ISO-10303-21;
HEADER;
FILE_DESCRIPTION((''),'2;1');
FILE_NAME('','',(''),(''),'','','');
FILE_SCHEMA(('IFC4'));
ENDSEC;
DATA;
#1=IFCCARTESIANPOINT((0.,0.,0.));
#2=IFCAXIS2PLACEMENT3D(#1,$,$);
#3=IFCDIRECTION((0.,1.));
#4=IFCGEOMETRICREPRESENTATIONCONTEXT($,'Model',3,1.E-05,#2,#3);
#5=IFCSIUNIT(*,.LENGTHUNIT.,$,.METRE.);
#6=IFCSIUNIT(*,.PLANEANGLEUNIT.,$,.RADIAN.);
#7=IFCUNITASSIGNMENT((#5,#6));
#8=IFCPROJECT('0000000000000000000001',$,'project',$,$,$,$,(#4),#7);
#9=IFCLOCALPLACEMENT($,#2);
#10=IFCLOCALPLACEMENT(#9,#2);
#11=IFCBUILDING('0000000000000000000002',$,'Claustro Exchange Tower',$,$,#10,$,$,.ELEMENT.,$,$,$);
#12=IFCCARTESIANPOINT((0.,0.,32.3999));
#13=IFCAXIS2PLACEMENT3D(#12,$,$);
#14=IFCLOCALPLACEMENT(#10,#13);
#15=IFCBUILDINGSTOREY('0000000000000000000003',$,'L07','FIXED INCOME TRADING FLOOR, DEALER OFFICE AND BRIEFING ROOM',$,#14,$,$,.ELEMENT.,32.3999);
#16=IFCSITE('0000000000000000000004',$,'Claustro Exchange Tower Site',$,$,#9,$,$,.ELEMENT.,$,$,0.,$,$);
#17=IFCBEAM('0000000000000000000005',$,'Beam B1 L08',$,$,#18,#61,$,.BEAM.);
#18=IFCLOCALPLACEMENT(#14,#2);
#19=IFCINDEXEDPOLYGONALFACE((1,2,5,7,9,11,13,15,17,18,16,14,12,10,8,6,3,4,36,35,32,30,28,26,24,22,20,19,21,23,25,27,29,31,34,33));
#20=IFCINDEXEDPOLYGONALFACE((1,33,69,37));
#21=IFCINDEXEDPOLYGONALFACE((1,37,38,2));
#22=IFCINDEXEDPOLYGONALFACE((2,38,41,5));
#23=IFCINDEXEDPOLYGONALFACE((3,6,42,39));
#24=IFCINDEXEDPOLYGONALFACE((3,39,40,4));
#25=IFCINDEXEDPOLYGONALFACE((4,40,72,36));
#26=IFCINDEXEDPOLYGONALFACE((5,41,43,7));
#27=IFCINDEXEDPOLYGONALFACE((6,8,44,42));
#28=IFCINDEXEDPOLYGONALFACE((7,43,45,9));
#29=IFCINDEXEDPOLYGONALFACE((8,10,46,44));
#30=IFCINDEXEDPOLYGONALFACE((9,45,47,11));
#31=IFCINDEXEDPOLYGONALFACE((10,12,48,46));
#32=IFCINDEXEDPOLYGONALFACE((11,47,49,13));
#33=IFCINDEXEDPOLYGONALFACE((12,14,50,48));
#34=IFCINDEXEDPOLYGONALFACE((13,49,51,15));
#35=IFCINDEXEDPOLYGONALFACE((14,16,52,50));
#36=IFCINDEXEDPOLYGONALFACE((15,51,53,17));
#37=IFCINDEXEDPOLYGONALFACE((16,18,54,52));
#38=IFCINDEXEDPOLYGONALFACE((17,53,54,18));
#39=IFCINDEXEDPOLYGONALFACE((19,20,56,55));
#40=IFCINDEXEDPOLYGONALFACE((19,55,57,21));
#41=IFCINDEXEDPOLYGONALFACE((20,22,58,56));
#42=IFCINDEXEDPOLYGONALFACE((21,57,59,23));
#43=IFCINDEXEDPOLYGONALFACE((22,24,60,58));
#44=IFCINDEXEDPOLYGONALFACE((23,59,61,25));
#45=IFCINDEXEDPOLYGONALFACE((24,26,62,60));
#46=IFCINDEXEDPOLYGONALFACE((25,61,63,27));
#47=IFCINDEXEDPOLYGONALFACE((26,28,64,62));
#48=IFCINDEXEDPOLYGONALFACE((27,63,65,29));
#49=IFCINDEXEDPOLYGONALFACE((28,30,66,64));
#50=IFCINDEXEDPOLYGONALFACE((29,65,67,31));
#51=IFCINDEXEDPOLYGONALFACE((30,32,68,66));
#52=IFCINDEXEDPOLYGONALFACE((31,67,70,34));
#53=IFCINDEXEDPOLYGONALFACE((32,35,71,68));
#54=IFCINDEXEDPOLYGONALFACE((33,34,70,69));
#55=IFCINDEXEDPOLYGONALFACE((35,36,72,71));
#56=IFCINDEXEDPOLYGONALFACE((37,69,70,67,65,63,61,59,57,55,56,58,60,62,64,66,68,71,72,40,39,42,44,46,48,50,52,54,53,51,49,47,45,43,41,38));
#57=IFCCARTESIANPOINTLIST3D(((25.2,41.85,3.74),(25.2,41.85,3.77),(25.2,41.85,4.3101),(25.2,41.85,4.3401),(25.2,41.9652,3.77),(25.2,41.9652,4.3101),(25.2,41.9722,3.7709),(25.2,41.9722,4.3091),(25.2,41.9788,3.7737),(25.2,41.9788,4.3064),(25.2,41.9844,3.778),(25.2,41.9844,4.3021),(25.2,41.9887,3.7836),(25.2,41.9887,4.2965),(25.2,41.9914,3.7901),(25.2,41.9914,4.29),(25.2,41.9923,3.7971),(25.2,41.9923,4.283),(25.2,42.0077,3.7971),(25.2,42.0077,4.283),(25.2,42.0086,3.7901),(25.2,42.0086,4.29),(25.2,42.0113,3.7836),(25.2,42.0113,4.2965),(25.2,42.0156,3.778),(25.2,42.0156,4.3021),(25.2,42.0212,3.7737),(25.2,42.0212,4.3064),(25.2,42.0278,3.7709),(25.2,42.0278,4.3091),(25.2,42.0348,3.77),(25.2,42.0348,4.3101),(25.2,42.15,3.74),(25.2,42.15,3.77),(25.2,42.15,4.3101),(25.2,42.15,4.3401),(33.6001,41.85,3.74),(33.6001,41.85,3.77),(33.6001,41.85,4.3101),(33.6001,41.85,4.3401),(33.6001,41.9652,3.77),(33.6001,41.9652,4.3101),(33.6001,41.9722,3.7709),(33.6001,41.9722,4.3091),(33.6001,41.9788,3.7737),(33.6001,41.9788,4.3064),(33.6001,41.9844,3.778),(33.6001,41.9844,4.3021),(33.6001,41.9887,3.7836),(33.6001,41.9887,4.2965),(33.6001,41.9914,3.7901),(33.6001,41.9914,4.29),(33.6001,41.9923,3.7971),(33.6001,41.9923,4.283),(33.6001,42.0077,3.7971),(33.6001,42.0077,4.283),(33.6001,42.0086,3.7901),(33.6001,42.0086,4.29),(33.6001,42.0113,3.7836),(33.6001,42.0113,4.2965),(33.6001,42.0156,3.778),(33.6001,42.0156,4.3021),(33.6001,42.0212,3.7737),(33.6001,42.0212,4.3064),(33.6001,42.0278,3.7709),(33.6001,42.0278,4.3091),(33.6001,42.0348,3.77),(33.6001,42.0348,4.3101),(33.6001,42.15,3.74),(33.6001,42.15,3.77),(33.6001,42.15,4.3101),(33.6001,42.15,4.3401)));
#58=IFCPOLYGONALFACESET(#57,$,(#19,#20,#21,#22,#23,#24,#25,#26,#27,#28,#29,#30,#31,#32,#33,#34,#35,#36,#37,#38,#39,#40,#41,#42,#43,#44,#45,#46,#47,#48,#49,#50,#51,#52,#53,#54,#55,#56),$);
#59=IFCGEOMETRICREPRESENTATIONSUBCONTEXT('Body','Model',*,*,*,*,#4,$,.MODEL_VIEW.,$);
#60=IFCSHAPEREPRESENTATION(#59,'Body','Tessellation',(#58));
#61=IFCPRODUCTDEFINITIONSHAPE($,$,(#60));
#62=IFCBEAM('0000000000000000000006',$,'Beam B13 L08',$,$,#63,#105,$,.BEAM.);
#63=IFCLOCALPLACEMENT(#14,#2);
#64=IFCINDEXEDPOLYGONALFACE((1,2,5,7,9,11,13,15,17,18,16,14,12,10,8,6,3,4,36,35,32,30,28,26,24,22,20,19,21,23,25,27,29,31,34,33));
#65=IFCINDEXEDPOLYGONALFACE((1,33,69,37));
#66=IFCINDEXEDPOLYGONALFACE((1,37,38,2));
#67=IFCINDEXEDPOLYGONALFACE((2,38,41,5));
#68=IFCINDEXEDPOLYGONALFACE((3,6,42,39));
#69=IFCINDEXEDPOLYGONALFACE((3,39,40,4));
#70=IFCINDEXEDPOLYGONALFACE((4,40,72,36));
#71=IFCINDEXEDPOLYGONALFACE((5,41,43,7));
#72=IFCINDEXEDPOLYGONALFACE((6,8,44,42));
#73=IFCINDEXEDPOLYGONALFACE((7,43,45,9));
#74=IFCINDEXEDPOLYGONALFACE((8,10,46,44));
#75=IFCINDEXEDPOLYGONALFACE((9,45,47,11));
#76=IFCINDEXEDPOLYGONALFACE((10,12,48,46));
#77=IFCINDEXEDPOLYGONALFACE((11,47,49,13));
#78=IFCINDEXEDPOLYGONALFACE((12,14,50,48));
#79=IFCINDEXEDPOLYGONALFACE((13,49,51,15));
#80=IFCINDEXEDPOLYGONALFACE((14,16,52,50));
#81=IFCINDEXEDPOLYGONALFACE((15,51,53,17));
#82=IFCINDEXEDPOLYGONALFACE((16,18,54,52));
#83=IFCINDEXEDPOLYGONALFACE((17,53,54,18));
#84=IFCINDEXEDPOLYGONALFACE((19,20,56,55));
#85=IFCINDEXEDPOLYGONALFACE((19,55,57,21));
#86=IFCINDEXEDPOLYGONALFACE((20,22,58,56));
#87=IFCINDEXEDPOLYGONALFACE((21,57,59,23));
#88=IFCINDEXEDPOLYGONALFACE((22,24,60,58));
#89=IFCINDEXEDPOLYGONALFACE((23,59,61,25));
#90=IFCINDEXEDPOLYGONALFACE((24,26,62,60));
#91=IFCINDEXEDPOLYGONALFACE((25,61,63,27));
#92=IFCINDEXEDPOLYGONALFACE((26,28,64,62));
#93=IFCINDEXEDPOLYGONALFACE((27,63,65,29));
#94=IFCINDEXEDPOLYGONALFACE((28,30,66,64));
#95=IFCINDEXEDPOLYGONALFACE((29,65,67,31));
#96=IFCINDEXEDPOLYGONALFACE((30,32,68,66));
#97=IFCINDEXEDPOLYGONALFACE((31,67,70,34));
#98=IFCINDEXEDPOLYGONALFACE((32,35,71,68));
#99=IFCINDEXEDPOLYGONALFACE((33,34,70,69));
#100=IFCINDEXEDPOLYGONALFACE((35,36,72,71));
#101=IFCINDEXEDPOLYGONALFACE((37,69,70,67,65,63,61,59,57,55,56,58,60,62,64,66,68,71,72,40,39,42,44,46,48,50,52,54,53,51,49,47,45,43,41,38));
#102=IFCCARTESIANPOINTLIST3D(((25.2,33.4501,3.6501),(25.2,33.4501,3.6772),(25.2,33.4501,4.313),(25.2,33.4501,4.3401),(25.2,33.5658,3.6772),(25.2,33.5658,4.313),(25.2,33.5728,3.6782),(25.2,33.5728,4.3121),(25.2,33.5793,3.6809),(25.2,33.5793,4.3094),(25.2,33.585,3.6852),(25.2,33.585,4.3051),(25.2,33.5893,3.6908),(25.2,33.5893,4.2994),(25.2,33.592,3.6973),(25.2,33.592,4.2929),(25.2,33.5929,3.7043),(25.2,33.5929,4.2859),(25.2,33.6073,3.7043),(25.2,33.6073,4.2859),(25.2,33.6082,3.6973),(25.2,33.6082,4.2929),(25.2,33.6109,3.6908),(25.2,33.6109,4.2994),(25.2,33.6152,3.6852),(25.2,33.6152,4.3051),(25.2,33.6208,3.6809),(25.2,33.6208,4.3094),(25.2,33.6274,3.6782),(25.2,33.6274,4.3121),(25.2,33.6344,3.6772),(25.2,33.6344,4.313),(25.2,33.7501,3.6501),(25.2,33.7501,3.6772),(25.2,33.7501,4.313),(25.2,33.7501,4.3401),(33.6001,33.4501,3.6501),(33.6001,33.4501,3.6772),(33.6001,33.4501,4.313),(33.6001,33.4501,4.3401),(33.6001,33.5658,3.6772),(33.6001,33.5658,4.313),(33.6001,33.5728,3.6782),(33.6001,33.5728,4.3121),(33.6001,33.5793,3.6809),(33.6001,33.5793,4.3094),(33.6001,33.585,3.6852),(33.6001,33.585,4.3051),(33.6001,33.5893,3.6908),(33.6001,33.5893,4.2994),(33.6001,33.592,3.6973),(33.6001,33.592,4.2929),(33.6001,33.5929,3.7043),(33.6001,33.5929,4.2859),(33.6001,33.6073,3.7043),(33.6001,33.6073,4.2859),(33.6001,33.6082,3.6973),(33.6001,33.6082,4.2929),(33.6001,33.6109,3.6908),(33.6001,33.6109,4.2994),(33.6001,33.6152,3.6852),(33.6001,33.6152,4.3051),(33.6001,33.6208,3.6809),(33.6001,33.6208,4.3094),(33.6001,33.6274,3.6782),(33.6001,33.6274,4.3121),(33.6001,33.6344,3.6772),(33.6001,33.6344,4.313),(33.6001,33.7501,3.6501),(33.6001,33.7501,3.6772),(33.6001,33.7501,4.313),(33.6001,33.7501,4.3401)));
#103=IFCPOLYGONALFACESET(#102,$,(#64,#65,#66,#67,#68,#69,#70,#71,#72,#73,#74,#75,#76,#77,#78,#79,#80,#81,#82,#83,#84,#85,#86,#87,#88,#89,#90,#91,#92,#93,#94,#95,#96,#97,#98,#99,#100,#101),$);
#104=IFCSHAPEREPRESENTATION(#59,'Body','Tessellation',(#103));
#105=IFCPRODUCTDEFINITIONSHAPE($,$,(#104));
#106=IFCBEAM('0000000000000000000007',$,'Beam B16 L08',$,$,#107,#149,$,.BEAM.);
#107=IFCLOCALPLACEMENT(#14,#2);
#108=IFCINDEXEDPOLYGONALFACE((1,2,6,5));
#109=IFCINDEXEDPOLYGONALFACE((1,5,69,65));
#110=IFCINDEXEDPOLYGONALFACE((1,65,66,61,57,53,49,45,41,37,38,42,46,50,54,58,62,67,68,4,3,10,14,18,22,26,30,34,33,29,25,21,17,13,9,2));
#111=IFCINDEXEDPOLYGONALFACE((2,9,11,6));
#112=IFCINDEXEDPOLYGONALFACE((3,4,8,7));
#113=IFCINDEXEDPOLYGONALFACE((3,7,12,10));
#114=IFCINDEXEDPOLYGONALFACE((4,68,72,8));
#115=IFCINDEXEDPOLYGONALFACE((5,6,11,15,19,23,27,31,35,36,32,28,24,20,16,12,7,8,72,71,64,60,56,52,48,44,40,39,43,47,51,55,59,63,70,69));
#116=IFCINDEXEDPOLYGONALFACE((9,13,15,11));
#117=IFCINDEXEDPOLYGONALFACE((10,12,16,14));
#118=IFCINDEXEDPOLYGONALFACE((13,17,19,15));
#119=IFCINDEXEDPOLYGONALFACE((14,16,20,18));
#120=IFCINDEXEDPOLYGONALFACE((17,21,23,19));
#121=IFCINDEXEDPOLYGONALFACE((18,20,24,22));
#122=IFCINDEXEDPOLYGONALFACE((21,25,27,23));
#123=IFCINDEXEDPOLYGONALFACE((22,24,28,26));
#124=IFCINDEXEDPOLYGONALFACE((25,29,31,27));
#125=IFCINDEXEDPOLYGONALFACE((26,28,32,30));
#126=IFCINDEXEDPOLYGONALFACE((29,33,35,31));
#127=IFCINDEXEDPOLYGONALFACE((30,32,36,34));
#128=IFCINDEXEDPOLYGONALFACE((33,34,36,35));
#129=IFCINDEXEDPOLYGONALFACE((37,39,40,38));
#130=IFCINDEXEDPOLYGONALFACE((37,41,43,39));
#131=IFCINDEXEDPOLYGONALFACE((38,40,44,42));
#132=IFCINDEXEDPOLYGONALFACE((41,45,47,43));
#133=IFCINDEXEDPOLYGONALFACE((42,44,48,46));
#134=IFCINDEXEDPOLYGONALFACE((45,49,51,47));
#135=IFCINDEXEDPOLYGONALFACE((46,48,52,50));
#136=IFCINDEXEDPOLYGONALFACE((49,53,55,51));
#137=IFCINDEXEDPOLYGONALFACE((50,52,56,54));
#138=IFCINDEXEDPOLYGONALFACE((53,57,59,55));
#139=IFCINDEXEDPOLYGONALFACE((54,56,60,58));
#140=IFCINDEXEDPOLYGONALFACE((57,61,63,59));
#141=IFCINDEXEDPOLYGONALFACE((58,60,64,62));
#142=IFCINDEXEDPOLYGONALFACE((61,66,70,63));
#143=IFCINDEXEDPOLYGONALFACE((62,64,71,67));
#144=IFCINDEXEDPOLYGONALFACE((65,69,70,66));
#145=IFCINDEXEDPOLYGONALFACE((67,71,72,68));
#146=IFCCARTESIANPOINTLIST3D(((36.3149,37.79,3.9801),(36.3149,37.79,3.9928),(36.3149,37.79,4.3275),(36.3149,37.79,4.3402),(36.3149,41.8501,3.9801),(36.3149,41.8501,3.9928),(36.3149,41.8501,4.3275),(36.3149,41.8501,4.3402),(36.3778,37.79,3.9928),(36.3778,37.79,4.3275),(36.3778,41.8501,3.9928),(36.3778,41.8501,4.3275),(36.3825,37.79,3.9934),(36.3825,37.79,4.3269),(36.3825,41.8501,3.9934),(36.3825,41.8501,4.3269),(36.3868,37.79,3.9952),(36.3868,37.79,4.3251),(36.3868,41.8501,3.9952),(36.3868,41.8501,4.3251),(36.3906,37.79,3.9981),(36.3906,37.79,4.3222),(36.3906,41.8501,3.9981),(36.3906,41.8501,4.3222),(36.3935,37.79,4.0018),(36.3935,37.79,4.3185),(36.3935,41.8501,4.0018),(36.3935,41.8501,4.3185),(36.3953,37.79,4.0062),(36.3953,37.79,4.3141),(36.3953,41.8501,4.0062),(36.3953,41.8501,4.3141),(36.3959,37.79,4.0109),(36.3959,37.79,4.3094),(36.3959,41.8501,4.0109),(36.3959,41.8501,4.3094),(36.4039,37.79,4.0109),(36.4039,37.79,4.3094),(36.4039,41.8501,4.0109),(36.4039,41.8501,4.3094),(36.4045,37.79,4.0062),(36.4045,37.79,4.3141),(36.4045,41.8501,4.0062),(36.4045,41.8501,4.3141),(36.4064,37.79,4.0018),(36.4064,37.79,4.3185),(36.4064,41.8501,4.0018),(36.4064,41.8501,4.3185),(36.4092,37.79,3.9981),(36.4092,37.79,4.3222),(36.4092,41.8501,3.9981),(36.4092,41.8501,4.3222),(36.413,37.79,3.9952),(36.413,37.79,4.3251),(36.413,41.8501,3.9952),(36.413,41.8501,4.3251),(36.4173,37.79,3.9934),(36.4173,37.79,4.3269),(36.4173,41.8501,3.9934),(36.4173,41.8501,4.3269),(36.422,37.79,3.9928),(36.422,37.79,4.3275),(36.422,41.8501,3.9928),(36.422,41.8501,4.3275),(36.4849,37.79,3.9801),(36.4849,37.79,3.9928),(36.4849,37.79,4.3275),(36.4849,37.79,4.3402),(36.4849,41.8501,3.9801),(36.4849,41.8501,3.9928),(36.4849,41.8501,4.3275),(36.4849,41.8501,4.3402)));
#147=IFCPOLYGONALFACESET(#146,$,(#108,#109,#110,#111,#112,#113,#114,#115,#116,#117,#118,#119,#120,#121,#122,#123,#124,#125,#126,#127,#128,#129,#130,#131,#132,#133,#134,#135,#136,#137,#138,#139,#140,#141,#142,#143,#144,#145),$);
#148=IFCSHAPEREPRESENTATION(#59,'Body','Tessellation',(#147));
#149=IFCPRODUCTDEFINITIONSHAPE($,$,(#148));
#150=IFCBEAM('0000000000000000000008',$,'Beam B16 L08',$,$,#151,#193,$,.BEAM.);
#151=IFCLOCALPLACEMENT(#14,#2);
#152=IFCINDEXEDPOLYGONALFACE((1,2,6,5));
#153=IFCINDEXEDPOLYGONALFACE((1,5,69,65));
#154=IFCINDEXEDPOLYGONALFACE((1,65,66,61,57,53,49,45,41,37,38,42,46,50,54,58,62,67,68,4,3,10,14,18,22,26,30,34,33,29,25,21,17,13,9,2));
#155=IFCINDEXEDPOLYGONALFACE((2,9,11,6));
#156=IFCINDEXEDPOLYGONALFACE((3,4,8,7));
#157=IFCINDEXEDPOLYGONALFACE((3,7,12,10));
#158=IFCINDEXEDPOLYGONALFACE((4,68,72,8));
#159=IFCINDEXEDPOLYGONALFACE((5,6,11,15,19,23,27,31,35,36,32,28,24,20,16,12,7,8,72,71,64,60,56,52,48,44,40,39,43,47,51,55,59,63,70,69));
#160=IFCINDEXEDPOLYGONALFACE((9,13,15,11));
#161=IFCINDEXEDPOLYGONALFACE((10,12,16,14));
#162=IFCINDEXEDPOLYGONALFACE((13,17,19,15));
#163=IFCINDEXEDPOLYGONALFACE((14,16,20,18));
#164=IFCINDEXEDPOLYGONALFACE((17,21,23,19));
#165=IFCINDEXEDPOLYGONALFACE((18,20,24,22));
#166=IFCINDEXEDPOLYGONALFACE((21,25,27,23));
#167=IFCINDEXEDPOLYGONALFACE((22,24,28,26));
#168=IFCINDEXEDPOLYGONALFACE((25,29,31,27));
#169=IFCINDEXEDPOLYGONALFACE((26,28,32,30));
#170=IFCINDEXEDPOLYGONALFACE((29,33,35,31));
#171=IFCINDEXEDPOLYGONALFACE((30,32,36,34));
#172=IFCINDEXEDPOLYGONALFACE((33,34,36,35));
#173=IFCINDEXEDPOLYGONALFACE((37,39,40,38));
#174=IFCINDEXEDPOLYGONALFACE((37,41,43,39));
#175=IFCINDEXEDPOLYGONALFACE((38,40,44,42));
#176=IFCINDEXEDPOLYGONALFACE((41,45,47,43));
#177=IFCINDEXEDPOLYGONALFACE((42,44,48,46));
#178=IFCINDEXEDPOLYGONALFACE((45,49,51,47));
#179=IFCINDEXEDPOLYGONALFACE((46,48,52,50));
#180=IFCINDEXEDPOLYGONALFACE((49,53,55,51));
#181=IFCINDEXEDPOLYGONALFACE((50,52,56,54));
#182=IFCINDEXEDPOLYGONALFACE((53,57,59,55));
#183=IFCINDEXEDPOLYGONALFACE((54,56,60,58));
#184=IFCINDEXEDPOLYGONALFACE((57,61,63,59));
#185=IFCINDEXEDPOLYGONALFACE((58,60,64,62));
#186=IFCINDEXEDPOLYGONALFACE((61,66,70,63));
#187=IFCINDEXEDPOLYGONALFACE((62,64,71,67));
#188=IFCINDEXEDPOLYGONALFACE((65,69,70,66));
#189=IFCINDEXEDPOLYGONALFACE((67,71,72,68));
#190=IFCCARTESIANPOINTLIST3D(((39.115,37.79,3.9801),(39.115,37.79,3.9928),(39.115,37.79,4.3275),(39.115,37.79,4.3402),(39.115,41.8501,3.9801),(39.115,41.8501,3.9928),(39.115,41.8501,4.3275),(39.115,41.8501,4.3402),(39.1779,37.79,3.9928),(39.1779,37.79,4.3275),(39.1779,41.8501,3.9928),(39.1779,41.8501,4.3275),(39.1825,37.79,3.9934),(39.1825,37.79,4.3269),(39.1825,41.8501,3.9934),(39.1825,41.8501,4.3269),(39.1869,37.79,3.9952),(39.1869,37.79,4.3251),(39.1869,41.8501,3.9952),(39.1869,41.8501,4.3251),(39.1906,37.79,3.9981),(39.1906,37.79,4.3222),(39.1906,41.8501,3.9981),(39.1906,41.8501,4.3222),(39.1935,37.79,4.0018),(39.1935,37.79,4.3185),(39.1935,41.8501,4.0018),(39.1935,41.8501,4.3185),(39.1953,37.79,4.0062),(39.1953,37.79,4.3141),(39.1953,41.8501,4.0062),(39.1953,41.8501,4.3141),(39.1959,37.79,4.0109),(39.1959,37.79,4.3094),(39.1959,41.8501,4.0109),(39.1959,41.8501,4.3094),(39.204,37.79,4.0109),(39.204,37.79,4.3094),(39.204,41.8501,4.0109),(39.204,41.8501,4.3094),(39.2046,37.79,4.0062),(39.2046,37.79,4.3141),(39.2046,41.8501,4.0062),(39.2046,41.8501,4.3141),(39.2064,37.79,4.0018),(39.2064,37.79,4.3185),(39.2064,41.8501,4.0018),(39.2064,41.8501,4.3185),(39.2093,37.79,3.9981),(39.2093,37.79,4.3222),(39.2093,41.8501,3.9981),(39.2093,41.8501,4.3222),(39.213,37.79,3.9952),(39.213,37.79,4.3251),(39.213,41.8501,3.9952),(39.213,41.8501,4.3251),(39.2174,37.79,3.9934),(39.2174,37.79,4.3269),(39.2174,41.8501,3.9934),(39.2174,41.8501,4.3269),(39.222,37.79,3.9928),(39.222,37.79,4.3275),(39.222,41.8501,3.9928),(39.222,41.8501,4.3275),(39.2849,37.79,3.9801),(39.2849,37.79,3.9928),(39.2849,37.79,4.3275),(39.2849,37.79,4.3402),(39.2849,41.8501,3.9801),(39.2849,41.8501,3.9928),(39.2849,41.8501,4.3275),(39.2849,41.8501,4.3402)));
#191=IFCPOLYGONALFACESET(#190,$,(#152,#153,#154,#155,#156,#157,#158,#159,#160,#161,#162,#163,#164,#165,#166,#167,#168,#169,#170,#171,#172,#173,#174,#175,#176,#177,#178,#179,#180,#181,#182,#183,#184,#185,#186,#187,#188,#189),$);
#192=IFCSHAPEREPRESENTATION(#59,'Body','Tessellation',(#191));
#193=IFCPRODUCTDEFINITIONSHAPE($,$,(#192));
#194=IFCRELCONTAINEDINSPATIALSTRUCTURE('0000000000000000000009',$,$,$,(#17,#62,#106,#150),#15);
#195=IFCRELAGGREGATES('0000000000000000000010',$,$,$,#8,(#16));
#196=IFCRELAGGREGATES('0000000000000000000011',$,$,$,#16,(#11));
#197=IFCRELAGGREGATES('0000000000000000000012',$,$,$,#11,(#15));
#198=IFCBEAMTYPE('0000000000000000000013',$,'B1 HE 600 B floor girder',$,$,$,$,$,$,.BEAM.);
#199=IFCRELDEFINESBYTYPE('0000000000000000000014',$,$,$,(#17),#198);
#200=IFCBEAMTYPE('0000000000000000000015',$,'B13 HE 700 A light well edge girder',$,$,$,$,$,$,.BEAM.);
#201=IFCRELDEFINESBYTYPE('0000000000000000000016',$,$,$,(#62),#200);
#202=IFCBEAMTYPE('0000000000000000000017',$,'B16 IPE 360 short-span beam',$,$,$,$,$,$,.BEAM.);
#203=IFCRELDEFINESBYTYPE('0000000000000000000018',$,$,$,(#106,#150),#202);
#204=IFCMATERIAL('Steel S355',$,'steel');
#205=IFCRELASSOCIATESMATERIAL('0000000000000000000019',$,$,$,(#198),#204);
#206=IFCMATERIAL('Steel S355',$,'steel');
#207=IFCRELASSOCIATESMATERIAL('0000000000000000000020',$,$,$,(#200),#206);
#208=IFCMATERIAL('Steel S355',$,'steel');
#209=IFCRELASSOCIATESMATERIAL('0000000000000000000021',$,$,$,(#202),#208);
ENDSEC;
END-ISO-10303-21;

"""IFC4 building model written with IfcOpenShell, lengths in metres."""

from ifc_helpers import new_model, si_unit, direction, frame, origin, origin_2d, place, context, subcontext, project, spatial, i_section, extrude, material, material_profile, profile_set, type_object, element, save


model = new_model("IFC4")

# Units and contexts
model_context = context("Model", 3, precision=1e-05, world=origin(), true_north=direction((0.0, 1.0)))
body_context = subcontext(model_context, "Body", "Model", "MODEL_VIEW")
ifc_project = project(units=[si_unit("LENGTHUNIT", "METRE"), si_unit("PLANEANGLEUNIT", "RADIAN")], contexts=[model_context])

# Site, building, storey
site_placement = place(None, origin())
site = spatial("IfcSite", under=ifc_project, at=site_placement, Name="Claustro Exchange Tower Site", CompositionType="ELEMENT", RefElevation=0.0)
building_placement = place(site_placement, origin())
building = spatial("IfcBuilding", under=site, at=building_placement, Name="Claustro Exchange Tower", CompositionType="ELEMENT")
storey_placement = place(building_placement, frame((0.0, 0.0, 32.3999)))
storey = spatial("IfcBuildingStorey", under=building, at=storey_placement, Name="L07", Description="FIXED INCOME TRADING FLOOR, DEALER OFFICE AND BRIEFING ROOM", CompositionType="ELEMENT", Elevation=32.3999)

# Beams
ifc_material_1 = material(Name="Steel S355", Category="steel")
ifc_material_profile_1 = material_profile(ifc_material_1, i_section(OverallWidth=0.3, OverallDepth=0.6001, WebThickness=0.0154, FlangeThickness=0.03, FilletRadius=0.0271, at=origin_2d()), Name="HE 600 B")
ifc_profile_set_1 = profile_set([ifc_material_profile_1], Name="Steel S355")
beam_type_1 = type_object("IfcBeamType", Name="B1 HE 600 B floor girder", PredefinedType="BEAM", material=ifc_profile_set_1)
beam_1_placement = place(storey_placement, frame((25.2, 42.0, 4.04), z_axis=(1.0, 0.0, 0.0), x_axis=(0.0, 1.0, 0.0)))
element("IfcBeam", 1, at=beam_1_placement, inside=storey, type_object=beam_type_1, Name="Beam B1 L08", PredefinedType="BEAM", context=body_context, shape_type="SweptSolid", body=[
    extrude(i_section(OverallWidth=0.3, OverallDepth=0.6001, WebThickness=0.0154, FlangeThickness=0.03, FilletRadius=0.0271, at=origin_2d()), origin(), (0.0, 0.0, 1.0), 8.4001),
])
ifc_material_2 = material(Name="Steel S355", Category="steel")
ifc_material_profile_2 = material_profile(ifc_material_2, i_section(OverallWidth=0.3, OverallDepth=0.6899, WebThickness=0.0144, FlangeThickness=0.0271, FilletRadius=0.0271, at=origin_2d()), Name="HE 700 A")
ifc_profile_set_2 = profile_set([ifc_material_profile_2], Name="Steel S355")
beam_type_2 = type_object("IfcBeamType", Name="B13 HE 700 A light well edge girder", PredefinedType="BEAM", material=ifc_profile_set_2)
beam_2_placement = place(storey_placement, frame((25.2, 33.6001, 3.9951), z_axis=(1.0, 0.0, 0.0), x_axis=(0.0, 1.0, 0.0)))
element("IfcBeam", 2, at=beam_2_placement, inside=storey, type_object=beam_type_2, Name="Beam B13 L08", PredefinedType="BEAM", context=body_context, shape_type="SweptSolid", body=[
    extrude(i_section(OverallWidth=0.3, OverallDepth=0.6899, WebThickness=0.0144, FlangeThickness=0.0271, FilletRadius=0.0271, at=origin_2d()), origin(), (0.0, 0.0, 1.0), 8.4001),
])
ifc_material_3 = material(Name="Steel S355", Category="steel")
ifc_material_profile_3 = material_profile(ifc_material_3, i_section(OverallWidth=0.1699, OverallDepth=0.3601, WebThickness=0.0081, FlangeThickness=0.0127, FilletRadius=0.0181, at=origin_2d()), Name="IPE 360")
ifc_profile_set_3 = profile_set([ifc_material_profile_3], Name="Steel S355")
beam_type_3 = type_object("IfcBeamType", Name="B16 IPE 360 short-span beam", PredefinedType="BEAM", material=ifc_profile_set_3)
for number, where, z_axis, x_axis, name in (
    (3, (36.3999, 37.79, 4.1602), (0.0, 1.0, 0.0), (-1.0, 0.0, 0.0), "Beam B16 L08"),
    (4, (39.2, 37.79, 4.1602), (0.0, 1.0, 0.0), (-1.0, 0.0, 0.0), "Beam B16 L08"),
):
    element("IfcBeam", number, at=place(storey_placement, frame(where, z_axis=z_axis, x_axis=x_axis)), inside=storey, type_object=beam_type_3, Name=name, PredefinedType="BEAM", context=body_context, shape_type="SweptSolid", body=[
        extrude(i_section(OverallWidth=0.1699, OverallDepth=0.3601, WebThickness=0.0081, FlangeThickness=0.0127, FilletRadius=0.0181, at=origin_2d()), origin(), (0.0, 0.0, 1.0), 4.0601),
    ])

save(model, "model.ifc")
